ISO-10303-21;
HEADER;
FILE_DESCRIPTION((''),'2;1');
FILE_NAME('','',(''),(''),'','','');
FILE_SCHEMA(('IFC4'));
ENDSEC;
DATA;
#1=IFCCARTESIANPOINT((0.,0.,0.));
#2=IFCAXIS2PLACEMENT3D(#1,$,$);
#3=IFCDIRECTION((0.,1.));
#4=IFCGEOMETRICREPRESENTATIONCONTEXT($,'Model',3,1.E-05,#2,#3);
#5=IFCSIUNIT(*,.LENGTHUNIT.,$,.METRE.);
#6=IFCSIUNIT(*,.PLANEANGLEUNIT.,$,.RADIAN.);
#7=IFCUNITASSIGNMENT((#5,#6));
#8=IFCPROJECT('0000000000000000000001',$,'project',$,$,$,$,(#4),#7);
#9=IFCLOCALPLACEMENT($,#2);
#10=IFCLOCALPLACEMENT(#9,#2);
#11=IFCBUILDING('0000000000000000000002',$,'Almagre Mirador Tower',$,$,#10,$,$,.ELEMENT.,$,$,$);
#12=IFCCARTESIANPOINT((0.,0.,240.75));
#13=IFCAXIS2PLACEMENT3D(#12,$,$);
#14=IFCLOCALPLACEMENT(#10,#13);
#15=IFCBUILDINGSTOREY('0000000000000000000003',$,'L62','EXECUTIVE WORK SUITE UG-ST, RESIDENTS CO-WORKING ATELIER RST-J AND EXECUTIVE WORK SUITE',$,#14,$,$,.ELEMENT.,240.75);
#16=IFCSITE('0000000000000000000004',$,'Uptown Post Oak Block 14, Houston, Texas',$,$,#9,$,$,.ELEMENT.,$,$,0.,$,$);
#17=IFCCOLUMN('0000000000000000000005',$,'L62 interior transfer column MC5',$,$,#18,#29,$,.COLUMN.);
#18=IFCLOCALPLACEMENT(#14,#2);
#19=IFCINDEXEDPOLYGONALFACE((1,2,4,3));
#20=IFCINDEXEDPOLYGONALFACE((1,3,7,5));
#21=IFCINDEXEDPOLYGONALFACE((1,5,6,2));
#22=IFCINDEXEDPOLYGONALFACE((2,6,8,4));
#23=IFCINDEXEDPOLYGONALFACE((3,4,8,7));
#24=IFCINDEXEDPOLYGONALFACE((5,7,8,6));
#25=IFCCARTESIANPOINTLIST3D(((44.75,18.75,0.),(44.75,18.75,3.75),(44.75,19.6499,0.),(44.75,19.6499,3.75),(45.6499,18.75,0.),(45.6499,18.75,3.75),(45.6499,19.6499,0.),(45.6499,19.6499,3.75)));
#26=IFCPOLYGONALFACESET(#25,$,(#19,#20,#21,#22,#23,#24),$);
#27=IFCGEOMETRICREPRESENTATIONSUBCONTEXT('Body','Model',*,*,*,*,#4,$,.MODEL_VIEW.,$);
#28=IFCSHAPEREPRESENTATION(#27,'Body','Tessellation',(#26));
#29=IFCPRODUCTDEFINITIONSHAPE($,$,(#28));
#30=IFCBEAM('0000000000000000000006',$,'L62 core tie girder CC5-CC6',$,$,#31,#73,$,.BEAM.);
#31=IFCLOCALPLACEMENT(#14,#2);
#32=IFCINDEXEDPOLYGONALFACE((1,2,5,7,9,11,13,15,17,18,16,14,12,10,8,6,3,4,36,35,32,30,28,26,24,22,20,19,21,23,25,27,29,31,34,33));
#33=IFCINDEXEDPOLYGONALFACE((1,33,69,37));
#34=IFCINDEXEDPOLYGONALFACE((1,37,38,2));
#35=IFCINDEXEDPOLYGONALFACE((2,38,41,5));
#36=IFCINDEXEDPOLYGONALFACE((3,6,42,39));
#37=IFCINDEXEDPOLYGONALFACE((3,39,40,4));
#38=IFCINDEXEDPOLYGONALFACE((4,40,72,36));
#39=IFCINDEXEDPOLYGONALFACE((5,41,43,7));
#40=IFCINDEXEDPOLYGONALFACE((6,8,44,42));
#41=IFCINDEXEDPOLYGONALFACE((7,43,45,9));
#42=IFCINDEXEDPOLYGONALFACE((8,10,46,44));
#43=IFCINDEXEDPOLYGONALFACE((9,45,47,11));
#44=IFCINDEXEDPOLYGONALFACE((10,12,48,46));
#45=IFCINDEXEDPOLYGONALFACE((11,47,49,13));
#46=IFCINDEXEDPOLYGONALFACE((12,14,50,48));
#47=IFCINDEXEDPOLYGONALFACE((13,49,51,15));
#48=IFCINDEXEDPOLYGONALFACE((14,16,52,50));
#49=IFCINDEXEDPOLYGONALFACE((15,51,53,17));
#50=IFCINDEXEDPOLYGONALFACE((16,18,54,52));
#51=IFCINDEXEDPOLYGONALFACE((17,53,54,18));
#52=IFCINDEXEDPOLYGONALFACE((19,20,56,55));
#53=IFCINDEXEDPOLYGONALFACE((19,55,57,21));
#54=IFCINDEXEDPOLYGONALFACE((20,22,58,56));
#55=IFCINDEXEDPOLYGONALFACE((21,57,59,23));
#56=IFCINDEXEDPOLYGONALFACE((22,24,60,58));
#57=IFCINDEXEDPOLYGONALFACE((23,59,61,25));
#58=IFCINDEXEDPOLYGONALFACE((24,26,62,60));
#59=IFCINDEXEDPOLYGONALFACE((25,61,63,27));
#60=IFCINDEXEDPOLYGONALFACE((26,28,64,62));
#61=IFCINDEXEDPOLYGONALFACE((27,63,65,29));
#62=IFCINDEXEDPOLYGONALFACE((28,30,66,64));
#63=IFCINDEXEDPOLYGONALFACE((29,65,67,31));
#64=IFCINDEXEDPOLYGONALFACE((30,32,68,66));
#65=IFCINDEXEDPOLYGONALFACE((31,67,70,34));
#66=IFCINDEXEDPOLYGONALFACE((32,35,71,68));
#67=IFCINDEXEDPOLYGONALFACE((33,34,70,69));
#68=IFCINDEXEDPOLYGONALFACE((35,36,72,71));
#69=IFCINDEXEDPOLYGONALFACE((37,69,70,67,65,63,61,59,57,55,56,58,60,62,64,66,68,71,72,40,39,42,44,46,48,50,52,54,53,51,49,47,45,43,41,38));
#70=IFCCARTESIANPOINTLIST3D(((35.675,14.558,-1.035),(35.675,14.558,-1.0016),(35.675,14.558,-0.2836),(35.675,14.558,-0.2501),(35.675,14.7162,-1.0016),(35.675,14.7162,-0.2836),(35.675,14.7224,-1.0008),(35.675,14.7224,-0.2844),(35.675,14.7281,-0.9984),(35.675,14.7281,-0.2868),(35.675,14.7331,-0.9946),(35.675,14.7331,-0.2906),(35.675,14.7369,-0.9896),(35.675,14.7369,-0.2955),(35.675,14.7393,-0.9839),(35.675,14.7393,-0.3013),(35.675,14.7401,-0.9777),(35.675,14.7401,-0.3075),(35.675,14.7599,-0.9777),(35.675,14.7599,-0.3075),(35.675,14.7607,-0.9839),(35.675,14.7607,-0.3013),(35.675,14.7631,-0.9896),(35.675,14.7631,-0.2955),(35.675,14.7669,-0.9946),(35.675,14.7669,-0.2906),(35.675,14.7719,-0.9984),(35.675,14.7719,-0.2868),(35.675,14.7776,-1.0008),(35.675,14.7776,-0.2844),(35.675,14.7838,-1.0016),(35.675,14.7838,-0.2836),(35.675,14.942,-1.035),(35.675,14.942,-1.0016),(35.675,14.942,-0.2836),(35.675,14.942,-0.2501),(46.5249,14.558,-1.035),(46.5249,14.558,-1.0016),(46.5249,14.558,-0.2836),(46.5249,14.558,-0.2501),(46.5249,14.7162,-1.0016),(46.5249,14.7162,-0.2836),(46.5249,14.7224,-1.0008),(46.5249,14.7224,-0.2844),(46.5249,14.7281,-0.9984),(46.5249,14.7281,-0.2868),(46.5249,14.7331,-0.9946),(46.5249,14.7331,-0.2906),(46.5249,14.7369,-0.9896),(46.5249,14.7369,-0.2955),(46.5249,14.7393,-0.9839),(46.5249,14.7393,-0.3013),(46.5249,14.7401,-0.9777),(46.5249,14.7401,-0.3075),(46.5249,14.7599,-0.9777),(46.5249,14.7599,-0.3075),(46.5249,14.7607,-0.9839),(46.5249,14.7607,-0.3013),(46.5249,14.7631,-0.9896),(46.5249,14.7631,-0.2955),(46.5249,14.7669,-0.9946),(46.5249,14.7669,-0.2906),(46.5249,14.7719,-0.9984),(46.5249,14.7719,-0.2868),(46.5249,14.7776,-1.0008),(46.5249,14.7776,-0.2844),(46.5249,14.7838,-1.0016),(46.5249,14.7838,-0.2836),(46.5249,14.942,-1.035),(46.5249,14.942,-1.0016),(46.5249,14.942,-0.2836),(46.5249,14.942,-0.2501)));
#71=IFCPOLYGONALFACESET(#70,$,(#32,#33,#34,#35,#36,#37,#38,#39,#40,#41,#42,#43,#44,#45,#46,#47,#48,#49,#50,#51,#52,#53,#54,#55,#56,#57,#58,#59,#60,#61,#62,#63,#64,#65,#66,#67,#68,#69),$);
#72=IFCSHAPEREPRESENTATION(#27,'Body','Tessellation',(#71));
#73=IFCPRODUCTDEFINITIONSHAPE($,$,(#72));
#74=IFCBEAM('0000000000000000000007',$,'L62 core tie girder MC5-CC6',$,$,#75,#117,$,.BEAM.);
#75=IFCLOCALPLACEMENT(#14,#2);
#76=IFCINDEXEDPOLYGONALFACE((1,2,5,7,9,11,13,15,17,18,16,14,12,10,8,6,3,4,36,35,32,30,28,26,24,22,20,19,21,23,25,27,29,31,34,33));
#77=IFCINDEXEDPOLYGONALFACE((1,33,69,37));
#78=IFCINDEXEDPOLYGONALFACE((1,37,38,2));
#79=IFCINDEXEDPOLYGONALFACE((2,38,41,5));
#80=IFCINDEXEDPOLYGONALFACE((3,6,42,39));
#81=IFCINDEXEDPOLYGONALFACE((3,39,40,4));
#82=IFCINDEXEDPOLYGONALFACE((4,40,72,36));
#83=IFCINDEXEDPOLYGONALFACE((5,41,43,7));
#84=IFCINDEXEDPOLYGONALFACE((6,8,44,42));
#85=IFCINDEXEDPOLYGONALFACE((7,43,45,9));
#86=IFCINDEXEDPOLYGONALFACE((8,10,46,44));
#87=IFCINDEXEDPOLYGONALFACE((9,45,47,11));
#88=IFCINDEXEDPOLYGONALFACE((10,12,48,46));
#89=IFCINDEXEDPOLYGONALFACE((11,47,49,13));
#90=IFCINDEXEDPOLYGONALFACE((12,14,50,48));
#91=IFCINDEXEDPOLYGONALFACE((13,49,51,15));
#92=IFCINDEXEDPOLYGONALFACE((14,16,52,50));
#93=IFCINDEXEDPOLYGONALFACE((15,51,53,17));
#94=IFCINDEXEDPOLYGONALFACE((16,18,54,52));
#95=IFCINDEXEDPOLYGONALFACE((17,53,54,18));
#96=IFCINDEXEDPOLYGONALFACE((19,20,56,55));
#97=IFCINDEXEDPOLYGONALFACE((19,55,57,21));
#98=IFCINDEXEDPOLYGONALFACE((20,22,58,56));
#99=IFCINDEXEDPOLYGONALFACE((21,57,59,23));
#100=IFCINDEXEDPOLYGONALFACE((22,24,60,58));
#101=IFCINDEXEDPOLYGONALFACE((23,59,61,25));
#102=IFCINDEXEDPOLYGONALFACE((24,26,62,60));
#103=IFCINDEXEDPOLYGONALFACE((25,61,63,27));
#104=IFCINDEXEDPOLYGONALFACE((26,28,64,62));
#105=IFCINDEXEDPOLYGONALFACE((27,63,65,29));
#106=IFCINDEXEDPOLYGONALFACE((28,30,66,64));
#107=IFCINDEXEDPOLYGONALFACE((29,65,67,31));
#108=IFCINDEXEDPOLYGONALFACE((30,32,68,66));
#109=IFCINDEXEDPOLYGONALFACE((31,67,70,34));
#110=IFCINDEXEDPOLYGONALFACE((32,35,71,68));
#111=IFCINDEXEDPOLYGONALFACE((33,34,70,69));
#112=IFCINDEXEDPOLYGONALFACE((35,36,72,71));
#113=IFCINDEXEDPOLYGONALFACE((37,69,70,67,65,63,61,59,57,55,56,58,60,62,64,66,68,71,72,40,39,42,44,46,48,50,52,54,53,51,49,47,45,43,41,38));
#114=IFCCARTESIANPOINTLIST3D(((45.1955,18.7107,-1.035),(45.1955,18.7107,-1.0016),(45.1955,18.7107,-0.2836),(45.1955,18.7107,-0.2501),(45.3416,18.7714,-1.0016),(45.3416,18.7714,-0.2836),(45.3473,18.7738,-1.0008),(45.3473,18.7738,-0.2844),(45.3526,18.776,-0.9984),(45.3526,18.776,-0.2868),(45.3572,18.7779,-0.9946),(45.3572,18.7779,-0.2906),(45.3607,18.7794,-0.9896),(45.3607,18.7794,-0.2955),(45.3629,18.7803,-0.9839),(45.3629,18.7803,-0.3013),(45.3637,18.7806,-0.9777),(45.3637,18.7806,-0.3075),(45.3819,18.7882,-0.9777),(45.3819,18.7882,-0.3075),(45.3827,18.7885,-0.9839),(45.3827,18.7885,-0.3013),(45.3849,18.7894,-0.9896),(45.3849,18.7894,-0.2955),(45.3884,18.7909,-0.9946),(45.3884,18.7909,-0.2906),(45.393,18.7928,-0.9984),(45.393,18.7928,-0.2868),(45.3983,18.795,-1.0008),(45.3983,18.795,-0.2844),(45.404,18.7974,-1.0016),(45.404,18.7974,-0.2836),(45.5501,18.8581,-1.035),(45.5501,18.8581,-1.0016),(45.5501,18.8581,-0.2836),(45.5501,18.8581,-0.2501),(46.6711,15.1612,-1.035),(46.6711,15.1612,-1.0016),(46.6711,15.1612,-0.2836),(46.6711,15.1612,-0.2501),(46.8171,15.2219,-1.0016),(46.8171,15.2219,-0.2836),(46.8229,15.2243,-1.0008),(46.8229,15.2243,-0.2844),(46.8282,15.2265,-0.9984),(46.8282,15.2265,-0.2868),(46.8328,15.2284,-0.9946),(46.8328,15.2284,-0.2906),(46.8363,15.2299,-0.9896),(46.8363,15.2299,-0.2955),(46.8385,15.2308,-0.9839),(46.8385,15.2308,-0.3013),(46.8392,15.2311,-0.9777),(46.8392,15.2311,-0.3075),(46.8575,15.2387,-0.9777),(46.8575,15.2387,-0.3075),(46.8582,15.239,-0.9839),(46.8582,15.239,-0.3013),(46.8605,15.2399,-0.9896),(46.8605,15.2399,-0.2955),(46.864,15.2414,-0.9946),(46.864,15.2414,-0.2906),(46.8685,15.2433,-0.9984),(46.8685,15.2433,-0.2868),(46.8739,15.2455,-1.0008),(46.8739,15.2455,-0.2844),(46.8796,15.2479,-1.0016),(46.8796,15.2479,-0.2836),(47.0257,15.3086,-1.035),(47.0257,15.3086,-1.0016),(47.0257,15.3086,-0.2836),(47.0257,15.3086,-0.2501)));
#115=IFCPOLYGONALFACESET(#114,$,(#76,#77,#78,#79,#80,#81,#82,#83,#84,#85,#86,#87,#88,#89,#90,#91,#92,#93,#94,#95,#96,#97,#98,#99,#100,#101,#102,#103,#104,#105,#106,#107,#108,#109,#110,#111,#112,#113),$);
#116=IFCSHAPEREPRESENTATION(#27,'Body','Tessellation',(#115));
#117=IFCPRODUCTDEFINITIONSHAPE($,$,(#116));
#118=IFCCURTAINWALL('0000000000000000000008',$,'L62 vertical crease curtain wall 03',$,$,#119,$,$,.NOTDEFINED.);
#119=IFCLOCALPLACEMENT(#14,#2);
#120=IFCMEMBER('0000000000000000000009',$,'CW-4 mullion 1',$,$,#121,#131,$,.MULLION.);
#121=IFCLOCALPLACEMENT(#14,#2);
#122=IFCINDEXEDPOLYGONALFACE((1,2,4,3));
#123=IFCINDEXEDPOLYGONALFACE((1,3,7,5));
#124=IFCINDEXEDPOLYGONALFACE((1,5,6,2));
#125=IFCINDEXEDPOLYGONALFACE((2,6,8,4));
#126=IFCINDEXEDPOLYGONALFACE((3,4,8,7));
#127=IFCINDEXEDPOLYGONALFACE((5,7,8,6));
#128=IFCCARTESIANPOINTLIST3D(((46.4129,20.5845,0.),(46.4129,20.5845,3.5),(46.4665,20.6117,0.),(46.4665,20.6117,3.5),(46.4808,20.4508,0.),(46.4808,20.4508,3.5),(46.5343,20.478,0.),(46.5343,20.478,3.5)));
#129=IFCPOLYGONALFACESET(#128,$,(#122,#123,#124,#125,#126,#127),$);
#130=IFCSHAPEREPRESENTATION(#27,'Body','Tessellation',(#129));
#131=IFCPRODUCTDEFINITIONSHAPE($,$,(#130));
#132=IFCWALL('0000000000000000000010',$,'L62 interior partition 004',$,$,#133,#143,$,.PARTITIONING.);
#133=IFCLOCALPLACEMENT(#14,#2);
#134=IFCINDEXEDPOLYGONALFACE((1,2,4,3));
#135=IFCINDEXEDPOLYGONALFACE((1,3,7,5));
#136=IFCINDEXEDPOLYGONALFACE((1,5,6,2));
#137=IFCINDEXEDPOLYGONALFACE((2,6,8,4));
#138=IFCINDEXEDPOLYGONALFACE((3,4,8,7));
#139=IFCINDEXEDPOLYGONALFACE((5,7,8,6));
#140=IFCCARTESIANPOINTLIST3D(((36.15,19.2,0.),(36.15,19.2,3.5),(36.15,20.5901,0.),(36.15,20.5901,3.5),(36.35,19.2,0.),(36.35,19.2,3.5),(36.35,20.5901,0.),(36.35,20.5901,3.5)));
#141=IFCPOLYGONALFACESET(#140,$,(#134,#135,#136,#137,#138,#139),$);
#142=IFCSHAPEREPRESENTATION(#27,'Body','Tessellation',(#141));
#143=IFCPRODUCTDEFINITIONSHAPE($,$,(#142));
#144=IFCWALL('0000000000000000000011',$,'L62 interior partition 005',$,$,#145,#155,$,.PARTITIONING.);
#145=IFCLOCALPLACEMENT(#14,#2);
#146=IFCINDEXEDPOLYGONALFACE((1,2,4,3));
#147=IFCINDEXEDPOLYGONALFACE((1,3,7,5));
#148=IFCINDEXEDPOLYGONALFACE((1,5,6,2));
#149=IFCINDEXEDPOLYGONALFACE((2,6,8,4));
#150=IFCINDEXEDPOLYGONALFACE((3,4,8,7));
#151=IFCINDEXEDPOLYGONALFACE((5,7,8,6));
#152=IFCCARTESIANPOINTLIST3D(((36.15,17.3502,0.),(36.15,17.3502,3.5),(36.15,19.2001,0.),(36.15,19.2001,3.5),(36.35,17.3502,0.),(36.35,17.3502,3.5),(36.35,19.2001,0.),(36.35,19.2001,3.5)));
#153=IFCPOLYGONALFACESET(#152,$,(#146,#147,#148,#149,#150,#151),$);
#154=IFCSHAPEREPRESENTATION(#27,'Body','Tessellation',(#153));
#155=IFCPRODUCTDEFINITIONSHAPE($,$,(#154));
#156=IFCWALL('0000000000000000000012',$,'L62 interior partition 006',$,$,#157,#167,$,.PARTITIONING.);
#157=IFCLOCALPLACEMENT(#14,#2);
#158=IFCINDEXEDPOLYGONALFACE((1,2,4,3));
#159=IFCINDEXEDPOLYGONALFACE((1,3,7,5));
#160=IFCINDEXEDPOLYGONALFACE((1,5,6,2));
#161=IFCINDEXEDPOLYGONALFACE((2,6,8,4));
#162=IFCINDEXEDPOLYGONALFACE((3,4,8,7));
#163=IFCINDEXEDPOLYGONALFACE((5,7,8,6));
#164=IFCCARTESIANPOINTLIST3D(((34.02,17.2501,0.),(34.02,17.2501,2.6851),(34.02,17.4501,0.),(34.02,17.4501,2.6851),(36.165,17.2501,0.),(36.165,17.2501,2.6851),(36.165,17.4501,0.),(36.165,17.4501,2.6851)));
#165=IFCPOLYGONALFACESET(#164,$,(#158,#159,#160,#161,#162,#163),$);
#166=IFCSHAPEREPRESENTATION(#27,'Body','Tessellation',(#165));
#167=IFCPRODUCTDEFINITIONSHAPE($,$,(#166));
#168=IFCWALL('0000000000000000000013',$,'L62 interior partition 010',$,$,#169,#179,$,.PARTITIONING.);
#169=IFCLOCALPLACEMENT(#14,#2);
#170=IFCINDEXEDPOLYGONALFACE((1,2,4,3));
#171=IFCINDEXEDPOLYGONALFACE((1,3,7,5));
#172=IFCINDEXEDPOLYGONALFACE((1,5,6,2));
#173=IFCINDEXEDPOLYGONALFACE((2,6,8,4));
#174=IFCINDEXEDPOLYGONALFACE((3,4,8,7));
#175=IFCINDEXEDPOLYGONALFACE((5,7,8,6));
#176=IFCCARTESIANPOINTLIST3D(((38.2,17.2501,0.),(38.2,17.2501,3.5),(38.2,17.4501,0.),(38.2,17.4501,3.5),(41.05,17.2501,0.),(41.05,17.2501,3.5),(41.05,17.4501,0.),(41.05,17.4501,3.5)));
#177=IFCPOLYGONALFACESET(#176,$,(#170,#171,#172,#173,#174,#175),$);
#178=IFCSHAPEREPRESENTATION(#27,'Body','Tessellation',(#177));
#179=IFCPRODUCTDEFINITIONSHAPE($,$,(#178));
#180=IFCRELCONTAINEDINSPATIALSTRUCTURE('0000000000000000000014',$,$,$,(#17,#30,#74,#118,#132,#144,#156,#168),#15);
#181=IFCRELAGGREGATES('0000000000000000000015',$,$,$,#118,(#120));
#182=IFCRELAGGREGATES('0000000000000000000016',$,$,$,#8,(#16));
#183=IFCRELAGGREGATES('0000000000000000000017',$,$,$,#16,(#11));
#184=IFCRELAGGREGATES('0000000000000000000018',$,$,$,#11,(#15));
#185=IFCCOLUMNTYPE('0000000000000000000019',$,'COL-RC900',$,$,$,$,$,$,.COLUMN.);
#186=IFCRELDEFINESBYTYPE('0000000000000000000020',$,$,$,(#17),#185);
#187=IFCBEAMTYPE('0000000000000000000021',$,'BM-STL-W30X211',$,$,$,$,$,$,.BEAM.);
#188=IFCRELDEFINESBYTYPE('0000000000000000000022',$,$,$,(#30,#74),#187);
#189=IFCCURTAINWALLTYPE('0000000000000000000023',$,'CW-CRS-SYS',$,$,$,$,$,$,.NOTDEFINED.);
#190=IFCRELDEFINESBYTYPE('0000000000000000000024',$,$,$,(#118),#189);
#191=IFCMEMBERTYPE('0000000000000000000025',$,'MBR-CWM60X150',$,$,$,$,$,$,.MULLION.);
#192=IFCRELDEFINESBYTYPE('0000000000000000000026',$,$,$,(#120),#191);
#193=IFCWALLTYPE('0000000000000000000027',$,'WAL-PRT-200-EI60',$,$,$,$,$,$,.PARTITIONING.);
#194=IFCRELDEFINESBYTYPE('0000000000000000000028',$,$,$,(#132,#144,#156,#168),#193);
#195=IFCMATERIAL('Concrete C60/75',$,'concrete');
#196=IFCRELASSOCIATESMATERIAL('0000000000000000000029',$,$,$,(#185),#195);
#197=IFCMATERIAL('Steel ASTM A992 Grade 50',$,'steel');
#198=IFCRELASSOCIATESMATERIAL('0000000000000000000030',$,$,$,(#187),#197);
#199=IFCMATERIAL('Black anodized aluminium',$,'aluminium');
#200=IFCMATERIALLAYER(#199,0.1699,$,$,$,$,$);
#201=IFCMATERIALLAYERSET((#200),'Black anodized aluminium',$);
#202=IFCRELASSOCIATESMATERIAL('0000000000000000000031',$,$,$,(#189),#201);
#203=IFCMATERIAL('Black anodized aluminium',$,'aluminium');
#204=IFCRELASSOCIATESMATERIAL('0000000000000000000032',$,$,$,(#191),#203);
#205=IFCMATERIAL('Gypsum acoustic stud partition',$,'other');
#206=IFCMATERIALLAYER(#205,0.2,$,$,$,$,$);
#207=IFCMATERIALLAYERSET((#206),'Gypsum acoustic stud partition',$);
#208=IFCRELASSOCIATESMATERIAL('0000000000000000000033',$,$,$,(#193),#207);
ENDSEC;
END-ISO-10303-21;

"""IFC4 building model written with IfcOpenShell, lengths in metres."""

from ifc_helpers import new_model, si_unit, direction, frame, frame_2d, origin, origin_2d, place, context, subcontext, project, spatial, rectangle, i_section, extrude, material, layer, layer_set, material_profile, profile_set, type_object, element, aggregate, save


model = new_model("IFC4")

# Units and contexts
model_context = context("Model", 3, precision=1e-05, world=origin(), true_north=direction((0.0, 1.0)))
body_context = subcontext(model_context, "Body", "Model", "MODEL_VIEW")
ifc_project = project(units=[si_unit("LENGTHUNIT", "METRE"), si_unit("PLANEANGLEUNIT", "RADIAN")], contexts=[model_context])

# Site, building, storey
site_placement = place(None, origin())
site = spatial("IfcSite", under=ifc_project, at=site_placement, Name="Uptown Post Oak Block 14, Houston, Texas", CompositionType="ELEMENT", RefElevation=0.0)
building_placement = place(site_placement, origin())
building = spatial("IfcBuilding", under=site, at=building_placement, Name="Almagre Mirador Tower", CompositionType="ELEMENT")
storey_placement = place(building_placement, frame((0.0, 0.0, 240.75)))
storey = spatial("IfcBuildingStorey", under=building, at=storey_placement, Name="L62", Description="EXECUTIVE WORK SUITE UG-ST, RESIDENTS CO-WORKING ATELIER RST-J AND EXECUTIVE WORK SUITE", CompositionType="ELEMENT", Elevation=240.75)

# Column
ifc_material_1 = material(Name="Concrete C60/75", Category="concrete")
ifc_material_profile_1 = material_profile(ifc_material_1, rectangle(XDim=0.8999, YDim=0.8999, at=origin_2d()), Name="RC900X900")
ifc_profile_set_1 = profile_set([ifc_material_profile_1], Name="Concrete C60/75")
column_type = type_object("IfcColumnType", Name="COL-RC900", PredefinedType="COLUMN", material=ifc_profile_set_1)
column_placement = place(storey_placement, frame((45.2, 19.2, 0.0), z_axis=(0.0, 0.0, 1.0), x_axis=(1.0, 0.0, 0.0)))
element("IfcColumn", 1, at=column_placement, inside=storey, type_object=column_type, Name="L62 interior transfer column MC5", PredefinedType="COLUMN", context=body_context, shape_type="SweptSolid", body=[
    extrude(rectangle(XDim=0.8999, YDim=0.8999, at=origin_2d()), origin(), (0.0, 0.0, 1.0), 3.75),
])

# Beams
ifc_material_2 = material(Name="Steel ASTM A992 Grade 50", Category="steel")
ifc_material_profile_2 = material_profile(ifc_material_2, i_section(OverallWidth=0.384, OverallDepth=0.7849, WebThickness=0.0198, FlangeThickness=0.0334, FilletRadius=0.0239, at=origin_2d()), Name="W30X211")
ifc_profile_set_2 = profile_set([ifc_material_profile_2], Name="Steel ASTM A992 Grade 50")
beam_type = type_object("IfcBeamType", Name="BM-STL-W30X211", PredefinedType="BEAM", material=ifc_profile_set_2)
beam_1_placement = place(storey_placement, frame((35.675, 14.75, -0.6426), z_axis=(1.0, 0.0, 0.0), x_axis=(0.0, 1.0, 0.0)))
element("IfcBeam", 2, at=beam_1_placement, inside=storey, type_object=beam_type, Name="L62 core tie girder CC5-CC6", PredefinedType="BEAM", context=body_context, shape_type="SweptSolid", body=[
    extrude(i_section(OverallWidth=0.384, OverallDepth=0.7849, WebThickness=0.0198, FlangeThickness=0.0334, FilletRadius=0.0239, at=origin_2d()), origin(), (0.0, 0.0, 1.0), 10.8499),
])
beam_2_placement = place(storey_placement, frame((45.3728, 18.7844, -0.6426), z_axis=(0.383862, -0.92339, 0.0), x_axis=(0.92339, 0.383862, 0.0)))
element("IfcBeam", 3, at=beam_2_placement, inside=storey, type_object=beam_type, Name="L62 core tie girder MC5-CC6", PredefinedType="BEAM", context=body_context, shape_type="SweptSolid", body=[
    extrude(i_section(OverallWidth=0.384, OverallDepth=0.7849, WebThickness=0.0198, FlangeThickness=0.0334, FilletRadius=0.0239, at=origin_2d()), origin(), (0.0, 0.0, 1.0), 3.844),
])

# Curtain wall, member
ifc_material_3 = material(Name="Black anodized aluminium", Category="aluminium")
ifc_layer_1 = layer(ifc_material_3, 0.1699)
ifc_layer_set_1 = layer_set([ifc_layer_1], Name="Black anodized aluminium")
curtain_wall_type = type_object("IfcCurtainWallType", Name="CW-CRS-SYS", PredefinedType="NOTDEFINED", material=ifc_layer_set_1)
curtain_wall_placement = place(storey_placement, origin())
curtain_wall = element("IfcCurtainWall", 4, at=curtain_wall_placement, inside=storey, type_object=curtain_wall_type, Name="L62 vertical crease curtain wall 03", PredefinedType="NOTDEFINED")
ifc_material_4 = material(Name="Black anodized aluminium", Category="aluminium")
ifc_material_profile_3 = material_profile(ifc_material_4, rectangle(XDim=0.0601, YDim=0.1499, at=origin_2d()), Name="CWM60X150")
ifc_profile_set_3 = profile_set([ifc_material_profile_3], Name="Black anodized aluminium")
member_type = type_object("IfcMemberType", Name="MBR-CWM60X150", PredefinedType="MULLION", material=ifc_profile_set_3)
member_placement = place(storey_placement, frame((46.4736, 20.5312, 0.0), z_axis=(0.0, 0.0, 1.0), x_axis=(0.891634, 0.452757, 0.0)))
member = element("IfcMember", 5, at=member_placement, type_object=member_type, Name="CW-4 mullion 1", PredefinedType="MULLION", context=body_context, shape_type="SweptSolid", body=[
    extrude(rectangle(XDim=0.0601, YDim=0.1499, at=origin_2d()), origin(), (0.0, 0.0, 1.0), 3.5),
])
aggregate(curtain_wall, [member])

# Walls
ifc_material_5 = material(Name="Gypsum acoustic stud partition", Category="other")
ifc_layer_2 = layer(ifc_material_5, 0.2)
ifc_layer_set_2 = layer_set([ifc_layer_2], Name="Gypsum acoustic stud partition")
wall_type_1 = type_object("IfcWallType", Name="WAL-PRT-200-EI60", PredefinedType="PARTITIONING", material=ifc_layer_set_2)
wall_1_placement = place(storey_placement, frame((36.25, 20.5901, 0.0), z_axis=(0.0, 0.0, 1.0), x_axis=(0.0, -1.0, 0.0)))
element("IfcWall", 6, at=wall_1_placement, inside=storey, type_object=wall_type_1, Name="L62 interior partition 004", PredefinedType="PARTITIONING", context=body_context, shape_type="SweptSolid", body=[
    extrude(rectangle(XDim=1.3901, YDim=0.2, at=frame_2d((0.6951, 0.0))), origin(), (0.0, 0.0, 1.0), 3.5),
])
wall_2_placement = place(storey_placement, frame((36.25, 19.2, 0.0), z_axis=(0.0, 0.0, 1.0), x_axis=(0.0, -1.0, 0.0)))
element("IfcWall", 7, at=wall_2_placement, inside=storey, type_object=wall_type_1, Name="L62 interior partition 005", PredefinedType="PARTITIONING", context=body_context, shape_type="SweptSolid", body=[
    extrude(rectangle(XDim=1.8499, YDim=0.2, at=frame_2d((0.9248, 0.0))), origin(), (0.0, 0.0, 1.0), 3.5),
])
wall_3_placement = place(storey_placement, frame((36.165, 17.3501, 0.0), z_axis=(0.0, 0.0, 1.0), x_axis=(-1.0, 0.0, 0.0)))
element("IfcWall", 8, at=wall_3_placement, inside=storey, type_object=wall_type_1, Name="L62 interior partition 006", PredefinedType="PARTITIONING", context=body_context, shape_type="SweptSolid", body=[
    extrude(rectangle(XDim=2.145, YDim=0.2, at=frame_2d((1.0725, 0.0))), origin(), (0.0, 0.0, 1.0), 2.6851),
])
wall_4_placement = place(storey_placement, frame((41.05, 17.3501, 0.0), z_axis=(0.0, 0.0, 1.0), x_axis=(-1.0, 0.0, 0.0)))
element("IfcWall", 9, at=wall_4_placement, inside=storey, type_object=wall_type_1, Name="L62 interior partition 010", PredefinedType="PARTITIONING", context=body_context, shape_type="SweptSolid", body=[
    extrude(rectangle(XDim=2.8501, YDim=0.2, at=frame_2d((1.425, 0.0))), origin(), (0.0, 0.0, 1.0), 3.5),
])

save(model, "model.ifc")
